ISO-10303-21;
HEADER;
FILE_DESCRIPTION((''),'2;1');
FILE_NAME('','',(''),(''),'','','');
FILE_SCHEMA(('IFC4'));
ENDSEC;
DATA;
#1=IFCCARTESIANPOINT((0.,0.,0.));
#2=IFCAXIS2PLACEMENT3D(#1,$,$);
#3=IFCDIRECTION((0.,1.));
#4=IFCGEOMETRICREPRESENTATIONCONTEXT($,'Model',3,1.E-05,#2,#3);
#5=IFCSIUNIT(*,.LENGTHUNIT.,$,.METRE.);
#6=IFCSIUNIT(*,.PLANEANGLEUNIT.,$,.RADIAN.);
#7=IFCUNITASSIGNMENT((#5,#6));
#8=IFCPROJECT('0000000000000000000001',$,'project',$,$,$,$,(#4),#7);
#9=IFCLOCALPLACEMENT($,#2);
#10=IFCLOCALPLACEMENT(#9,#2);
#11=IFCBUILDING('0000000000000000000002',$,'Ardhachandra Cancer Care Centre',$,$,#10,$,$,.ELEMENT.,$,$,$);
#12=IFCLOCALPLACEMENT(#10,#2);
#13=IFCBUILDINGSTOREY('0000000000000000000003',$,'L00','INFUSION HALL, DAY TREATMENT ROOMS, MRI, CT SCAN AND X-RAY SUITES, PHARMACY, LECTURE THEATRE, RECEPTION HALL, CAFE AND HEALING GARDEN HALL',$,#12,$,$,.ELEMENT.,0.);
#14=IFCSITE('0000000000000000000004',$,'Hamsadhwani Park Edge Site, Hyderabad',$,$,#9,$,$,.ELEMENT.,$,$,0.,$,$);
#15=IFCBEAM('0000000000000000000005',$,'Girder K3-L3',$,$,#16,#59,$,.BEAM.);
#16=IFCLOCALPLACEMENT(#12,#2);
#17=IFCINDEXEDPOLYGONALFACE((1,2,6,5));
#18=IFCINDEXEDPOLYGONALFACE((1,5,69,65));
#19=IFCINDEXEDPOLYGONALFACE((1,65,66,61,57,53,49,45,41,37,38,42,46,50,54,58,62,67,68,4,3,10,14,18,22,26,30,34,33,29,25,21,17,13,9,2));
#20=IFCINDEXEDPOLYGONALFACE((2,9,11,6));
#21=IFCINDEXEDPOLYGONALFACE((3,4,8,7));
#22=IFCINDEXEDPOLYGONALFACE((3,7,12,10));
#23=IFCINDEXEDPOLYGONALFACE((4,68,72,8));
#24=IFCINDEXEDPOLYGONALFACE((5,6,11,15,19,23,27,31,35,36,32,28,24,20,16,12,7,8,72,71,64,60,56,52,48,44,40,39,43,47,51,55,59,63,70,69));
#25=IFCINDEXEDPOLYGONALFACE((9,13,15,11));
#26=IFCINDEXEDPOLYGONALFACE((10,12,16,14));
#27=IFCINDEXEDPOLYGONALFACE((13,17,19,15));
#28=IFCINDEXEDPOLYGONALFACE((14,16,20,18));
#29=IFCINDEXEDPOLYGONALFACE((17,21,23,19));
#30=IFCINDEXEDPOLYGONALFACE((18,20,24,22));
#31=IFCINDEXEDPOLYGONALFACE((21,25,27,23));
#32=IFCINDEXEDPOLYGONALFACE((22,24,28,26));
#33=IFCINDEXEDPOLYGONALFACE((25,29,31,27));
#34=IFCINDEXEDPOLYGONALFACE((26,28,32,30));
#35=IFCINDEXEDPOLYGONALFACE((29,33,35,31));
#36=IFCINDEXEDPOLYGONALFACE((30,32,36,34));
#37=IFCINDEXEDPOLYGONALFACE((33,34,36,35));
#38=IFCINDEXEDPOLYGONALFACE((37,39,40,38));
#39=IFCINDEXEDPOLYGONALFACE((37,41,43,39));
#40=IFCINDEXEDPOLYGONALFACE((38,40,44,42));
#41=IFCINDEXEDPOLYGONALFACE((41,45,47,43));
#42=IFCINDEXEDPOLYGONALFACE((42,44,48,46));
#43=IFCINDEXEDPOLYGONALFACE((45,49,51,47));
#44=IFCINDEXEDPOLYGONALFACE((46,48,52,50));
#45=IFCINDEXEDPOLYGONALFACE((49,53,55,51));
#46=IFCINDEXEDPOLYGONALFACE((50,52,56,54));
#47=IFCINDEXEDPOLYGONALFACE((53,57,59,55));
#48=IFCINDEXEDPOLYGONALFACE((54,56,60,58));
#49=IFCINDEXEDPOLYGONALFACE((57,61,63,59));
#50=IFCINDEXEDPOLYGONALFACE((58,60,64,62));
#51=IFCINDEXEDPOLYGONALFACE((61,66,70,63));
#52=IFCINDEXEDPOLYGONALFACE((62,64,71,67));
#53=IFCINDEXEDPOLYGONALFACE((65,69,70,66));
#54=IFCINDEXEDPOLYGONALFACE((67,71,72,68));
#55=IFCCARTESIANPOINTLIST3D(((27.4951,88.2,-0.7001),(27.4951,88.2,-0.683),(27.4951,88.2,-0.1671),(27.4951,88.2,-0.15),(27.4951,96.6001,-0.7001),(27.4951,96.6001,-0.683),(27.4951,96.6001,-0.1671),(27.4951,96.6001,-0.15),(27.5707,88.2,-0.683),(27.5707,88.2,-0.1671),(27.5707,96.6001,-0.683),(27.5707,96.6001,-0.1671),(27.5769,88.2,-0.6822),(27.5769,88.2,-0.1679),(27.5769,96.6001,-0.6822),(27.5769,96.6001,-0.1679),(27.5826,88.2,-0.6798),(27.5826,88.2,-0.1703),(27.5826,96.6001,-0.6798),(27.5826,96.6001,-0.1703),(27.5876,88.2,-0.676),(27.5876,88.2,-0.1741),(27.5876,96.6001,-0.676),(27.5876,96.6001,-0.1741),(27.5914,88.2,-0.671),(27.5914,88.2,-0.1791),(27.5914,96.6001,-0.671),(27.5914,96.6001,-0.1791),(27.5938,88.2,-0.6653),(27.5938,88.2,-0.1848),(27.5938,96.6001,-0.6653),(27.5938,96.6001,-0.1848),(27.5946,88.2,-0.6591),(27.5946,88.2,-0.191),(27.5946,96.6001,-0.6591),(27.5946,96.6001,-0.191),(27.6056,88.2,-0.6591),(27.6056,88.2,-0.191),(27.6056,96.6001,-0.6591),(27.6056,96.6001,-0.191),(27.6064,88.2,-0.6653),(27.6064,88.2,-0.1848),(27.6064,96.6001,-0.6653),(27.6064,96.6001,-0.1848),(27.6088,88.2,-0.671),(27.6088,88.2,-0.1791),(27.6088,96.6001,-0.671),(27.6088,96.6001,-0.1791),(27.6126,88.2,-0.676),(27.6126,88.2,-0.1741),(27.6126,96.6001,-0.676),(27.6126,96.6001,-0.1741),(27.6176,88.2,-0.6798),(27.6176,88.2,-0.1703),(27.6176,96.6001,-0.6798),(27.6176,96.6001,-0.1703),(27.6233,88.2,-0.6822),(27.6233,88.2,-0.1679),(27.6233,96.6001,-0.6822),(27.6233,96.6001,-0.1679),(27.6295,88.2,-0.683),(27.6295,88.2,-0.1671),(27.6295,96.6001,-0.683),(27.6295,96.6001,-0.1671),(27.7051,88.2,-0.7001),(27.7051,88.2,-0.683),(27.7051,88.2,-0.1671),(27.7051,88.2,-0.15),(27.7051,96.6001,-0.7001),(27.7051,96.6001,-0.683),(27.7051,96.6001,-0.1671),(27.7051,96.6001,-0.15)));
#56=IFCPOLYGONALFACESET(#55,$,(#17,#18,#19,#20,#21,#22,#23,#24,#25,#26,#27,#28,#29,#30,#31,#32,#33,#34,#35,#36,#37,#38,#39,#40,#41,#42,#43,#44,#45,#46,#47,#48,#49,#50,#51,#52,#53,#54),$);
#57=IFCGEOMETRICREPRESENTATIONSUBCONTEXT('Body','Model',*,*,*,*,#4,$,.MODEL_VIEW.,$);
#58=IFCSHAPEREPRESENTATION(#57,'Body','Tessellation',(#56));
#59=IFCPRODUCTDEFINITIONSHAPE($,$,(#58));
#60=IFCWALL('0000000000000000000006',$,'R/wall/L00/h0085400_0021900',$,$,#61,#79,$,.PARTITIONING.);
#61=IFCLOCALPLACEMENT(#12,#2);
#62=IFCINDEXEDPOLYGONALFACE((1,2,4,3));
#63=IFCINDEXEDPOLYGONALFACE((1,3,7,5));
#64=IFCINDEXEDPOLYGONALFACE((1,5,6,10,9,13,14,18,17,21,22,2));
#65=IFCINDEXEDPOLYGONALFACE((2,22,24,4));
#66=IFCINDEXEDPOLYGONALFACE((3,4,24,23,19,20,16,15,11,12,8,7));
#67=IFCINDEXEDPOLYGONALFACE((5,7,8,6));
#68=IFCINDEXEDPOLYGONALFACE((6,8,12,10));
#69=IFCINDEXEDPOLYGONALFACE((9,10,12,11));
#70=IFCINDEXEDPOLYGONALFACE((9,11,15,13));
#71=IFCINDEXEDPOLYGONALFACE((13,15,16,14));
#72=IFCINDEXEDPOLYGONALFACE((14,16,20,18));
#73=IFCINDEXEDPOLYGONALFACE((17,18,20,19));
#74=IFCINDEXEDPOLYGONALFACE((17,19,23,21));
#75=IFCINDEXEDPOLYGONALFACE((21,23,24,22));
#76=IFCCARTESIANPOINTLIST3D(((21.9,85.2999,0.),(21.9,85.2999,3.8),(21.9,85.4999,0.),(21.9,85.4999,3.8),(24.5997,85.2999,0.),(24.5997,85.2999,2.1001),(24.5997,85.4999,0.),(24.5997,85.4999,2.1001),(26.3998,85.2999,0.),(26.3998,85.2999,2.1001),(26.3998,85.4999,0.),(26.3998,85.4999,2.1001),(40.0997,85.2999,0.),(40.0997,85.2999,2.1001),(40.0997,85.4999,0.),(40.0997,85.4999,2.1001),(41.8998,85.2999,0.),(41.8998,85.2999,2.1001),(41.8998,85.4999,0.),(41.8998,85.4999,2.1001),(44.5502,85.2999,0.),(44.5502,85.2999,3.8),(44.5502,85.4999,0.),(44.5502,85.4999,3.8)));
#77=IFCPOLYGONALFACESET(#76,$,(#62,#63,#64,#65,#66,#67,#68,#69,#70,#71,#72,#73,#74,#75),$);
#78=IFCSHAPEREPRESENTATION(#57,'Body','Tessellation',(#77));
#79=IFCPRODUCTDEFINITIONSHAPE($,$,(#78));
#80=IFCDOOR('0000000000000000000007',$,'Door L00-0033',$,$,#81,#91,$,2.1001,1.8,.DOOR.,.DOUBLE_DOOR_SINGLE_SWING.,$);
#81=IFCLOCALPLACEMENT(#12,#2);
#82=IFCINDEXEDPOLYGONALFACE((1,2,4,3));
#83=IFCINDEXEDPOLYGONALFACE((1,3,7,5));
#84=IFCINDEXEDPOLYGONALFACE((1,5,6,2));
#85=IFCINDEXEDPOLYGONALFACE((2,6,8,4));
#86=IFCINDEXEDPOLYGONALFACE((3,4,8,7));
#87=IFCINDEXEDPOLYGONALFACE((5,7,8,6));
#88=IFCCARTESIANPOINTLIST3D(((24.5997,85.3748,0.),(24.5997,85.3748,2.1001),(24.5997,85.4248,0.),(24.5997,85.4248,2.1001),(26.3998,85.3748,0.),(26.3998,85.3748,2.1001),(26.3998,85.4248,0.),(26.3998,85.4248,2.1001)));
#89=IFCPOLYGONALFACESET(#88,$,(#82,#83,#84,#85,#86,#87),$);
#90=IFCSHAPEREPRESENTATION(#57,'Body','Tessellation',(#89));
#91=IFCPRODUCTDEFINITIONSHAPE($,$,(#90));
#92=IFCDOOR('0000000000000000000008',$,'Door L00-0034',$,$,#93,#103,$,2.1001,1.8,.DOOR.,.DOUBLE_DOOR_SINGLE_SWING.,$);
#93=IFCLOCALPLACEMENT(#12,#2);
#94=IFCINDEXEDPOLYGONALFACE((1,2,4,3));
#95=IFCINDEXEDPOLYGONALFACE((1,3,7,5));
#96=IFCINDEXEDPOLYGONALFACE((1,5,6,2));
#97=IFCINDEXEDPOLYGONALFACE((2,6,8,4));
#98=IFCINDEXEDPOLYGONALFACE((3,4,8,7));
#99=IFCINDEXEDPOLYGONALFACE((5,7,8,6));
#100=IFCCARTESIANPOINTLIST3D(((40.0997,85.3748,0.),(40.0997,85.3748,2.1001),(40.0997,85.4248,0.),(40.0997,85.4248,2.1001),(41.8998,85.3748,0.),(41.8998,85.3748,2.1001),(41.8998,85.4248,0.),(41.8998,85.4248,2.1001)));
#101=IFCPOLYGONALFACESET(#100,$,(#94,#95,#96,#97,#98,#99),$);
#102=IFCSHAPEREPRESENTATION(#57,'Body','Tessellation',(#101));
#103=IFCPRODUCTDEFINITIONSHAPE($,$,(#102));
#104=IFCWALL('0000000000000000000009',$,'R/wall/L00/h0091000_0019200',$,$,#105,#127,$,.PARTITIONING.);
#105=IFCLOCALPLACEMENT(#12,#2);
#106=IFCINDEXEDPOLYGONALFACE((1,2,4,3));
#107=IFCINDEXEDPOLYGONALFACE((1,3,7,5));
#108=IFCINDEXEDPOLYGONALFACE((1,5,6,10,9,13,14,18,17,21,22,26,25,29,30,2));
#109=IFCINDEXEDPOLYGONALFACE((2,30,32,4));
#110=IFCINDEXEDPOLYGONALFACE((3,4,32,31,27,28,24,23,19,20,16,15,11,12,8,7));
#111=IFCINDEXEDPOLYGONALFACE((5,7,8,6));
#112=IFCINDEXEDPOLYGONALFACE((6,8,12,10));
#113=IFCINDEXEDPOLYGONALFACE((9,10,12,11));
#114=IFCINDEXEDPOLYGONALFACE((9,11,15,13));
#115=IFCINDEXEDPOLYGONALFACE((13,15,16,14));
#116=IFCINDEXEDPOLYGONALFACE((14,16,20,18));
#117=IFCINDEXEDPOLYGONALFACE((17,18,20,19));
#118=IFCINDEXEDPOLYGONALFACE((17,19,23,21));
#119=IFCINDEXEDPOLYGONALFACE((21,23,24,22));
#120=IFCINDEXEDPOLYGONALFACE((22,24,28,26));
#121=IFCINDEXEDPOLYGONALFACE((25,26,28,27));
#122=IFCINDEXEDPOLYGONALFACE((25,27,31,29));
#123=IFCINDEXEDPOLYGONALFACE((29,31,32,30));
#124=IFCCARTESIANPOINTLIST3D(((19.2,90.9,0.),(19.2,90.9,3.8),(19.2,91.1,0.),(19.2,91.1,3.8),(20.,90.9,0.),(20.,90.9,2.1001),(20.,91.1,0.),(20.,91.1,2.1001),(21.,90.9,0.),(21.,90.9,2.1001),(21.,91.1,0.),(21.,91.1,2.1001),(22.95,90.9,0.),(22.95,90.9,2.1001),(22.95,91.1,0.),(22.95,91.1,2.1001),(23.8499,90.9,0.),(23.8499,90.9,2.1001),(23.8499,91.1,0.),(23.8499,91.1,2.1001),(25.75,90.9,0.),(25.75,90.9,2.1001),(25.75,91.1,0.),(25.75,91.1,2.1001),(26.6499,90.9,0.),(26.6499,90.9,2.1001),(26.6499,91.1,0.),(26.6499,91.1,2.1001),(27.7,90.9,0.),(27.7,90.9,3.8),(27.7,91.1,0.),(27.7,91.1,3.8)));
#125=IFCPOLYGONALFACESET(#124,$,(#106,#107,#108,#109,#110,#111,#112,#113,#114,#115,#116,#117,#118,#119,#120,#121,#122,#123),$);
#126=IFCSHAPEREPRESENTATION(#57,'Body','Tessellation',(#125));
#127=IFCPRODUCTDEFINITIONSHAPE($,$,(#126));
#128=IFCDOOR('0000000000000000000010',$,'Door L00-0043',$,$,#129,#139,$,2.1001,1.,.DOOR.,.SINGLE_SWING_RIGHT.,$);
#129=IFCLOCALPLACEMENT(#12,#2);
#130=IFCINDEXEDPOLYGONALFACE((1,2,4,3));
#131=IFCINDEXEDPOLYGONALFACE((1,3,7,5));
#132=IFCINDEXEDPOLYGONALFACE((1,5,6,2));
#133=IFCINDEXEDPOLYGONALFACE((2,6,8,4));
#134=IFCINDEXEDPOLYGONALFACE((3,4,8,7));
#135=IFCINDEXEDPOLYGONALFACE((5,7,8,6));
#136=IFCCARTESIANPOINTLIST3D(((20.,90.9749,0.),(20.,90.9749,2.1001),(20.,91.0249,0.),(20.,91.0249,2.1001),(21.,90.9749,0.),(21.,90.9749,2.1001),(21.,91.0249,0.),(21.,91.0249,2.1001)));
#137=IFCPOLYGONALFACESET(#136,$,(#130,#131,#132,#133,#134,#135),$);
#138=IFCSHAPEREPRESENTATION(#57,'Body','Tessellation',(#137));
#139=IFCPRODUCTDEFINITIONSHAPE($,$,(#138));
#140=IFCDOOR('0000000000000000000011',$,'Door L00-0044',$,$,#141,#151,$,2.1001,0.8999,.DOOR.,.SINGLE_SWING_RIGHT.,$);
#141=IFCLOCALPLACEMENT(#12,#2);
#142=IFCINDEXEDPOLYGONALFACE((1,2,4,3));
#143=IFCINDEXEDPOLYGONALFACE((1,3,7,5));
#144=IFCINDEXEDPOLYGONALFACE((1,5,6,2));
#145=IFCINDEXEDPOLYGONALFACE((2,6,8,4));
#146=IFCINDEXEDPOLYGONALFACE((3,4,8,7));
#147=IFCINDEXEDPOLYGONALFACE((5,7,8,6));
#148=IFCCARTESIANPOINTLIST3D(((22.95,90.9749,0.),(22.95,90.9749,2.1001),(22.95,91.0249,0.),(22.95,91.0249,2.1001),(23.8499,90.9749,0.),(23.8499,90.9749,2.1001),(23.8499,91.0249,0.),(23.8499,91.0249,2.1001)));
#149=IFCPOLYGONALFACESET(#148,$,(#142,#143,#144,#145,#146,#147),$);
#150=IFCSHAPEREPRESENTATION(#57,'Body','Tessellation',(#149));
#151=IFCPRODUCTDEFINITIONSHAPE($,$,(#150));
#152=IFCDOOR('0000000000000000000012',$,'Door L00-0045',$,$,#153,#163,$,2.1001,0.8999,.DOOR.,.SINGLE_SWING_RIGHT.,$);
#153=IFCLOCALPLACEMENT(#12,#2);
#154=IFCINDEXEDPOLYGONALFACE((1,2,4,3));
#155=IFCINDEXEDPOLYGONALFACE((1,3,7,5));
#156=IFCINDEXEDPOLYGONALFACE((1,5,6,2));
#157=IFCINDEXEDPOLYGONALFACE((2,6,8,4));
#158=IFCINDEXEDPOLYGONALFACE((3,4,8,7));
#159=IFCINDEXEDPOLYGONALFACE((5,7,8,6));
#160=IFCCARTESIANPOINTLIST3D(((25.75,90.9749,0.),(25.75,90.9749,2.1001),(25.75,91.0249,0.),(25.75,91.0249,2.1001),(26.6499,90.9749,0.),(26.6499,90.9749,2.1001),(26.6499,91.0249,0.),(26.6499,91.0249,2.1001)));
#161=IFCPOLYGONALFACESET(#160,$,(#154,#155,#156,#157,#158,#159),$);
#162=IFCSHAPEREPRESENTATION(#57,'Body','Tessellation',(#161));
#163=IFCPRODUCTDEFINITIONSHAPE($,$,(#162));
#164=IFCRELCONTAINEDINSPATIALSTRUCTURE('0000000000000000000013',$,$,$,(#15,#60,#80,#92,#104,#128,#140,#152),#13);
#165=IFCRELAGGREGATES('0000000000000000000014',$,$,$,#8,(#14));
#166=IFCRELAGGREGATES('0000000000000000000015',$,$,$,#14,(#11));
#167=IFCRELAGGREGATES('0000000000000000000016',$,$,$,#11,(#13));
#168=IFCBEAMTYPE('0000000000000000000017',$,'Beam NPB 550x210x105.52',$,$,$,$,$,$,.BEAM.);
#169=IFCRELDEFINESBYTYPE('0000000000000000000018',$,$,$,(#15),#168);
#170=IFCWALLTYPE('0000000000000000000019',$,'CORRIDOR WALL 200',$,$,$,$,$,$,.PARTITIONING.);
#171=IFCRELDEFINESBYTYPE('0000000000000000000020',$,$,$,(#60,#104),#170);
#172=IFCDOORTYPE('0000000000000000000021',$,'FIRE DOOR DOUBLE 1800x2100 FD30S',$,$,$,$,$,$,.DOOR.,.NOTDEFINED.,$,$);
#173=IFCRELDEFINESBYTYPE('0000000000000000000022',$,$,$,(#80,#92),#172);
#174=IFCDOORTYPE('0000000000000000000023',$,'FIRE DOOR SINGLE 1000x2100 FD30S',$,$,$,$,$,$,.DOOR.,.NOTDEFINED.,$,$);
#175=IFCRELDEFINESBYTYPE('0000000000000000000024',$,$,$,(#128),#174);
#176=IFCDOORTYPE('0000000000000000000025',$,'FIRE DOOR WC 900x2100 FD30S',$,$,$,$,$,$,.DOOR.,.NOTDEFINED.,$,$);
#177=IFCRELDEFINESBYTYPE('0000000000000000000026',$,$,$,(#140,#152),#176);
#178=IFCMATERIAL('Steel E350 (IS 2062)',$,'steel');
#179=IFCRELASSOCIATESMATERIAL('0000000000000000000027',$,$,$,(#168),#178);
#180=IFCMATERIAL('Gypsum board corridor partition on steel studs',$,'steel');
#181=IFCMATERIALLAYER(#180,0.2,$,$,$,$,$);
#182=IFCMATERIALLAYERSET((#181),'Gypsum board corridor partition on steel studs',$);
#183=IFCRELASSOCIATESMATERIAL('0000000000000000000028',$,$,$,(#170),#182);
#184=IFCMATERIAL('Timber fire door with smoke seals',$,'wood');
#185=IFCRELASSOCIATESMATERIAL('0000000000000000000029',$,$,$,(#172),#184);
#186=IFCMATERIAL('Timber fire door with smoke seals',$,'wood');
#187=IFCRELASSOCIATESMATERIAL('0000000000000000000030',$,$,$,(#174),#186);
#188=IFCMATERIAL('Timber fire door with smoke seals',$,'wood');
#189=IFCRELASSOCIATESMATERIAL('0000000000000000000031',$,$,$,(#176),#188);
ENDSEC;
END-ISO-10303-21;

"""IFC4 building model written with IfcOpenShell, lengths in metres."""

from ifc_helpers import new_model, si_unit, direction, frame, frame_2d, origin, origin_2d, place, context, subcontext, project, spatial, rectangle, i_section, extrude, material, layer, layer_set, material_profile, profile_set, type_object, element, fill, save


model = new_model("IFC4")

# Units and contexts
model_context = context("Model", 3, precision=1e-05, world=origin(), true_north=direction((0.0, 1.0)))
body_context = subcontext(model_context, "Body", "Model", "MODEL_VIEW")
ifc_project = project(units=[si_unit("LENGTHUNIT", "METRE"), si_unit("PLANEANGLEUNIT", "RADIAN")], contexts=[model_context])

# Site, building, storey
site_placement = place(None, origin())
site = spatial("IfcSite", under=ifc_project, at=site_placement, Name="Hamsadhwani Park Edge Site, Hyderabad", CompositionType="ELEMENT", RefElevation=0.0)
building_placement = place(site_placement, origin())
building = spatial("IfcBuilding", under=site, at=building_placement, Name="Ardhachandra Cancer Care Centre", CompositionType="ELEMENT")
storey_placement = place(building_placement, origin())
storey = spatial("IfcBuildingStorey", under=building, at=storey_placement, Name="L00", Description="INFUSION HALL, DAY TREATMENT ROOMS, MRI, CT SCAN AND X-RAY SUITES, PHARMACY, LECTURE THEATRE, RECEPTION HALL, CAFE AND HEALING GARDEN HALL", CompositionType="ELEMENT", Elevation=0.0)

# Beam
ifc_material_1 = material(Name="Steel E350 (IS 2062)", Category="steel")
ifc_material_profile_1 = material_profile(ifc_material_1, i_section(OverallWidth=0.21, OverallDepth=0.55, WebThickness=0.011, FlangeThickness=0.0171, FilletRadius=0.0239, at=origin_2d()), Name="NPB 550x210x105.52")
ifc_profile_set_1 = profile_set([ifc_material_profile_1], Name="Steel E350 (IS 2062)")
beam_type_1 = type_object("IfcBeamType", Name="Beam NPB 550x210x105.52", PredefinedType="BEAM", material=ifc_profile_set_1)
beam_1_placement = place(storey_placement, frame((27.6001, 88.2, -0.425), z_axis=(0.0, 1.0, 0.0), x_axis=(-1.0, 0.0, 0.0)))
element("IfcBeam", 1, at=beam_1_placement, inside=storey, type_object=beam_type_1, Name="Girder K3-L3", PredefinedType="BEAM", context=body_context, shape_type="SweptSolid", body=[
    extrude(i_section(OverallWidth=0.21, OverallDepth=0.55, WebThickness=0.011, FlangeThickness=0.0171, FilletRadius=0.0239, at=origin_2d()), origin(), (0.0, 0.0, 1.0), 8.4001),
])

# Walls, openings, doors
ifc_material_2 = material(Name="Gypsum board corridor partition on steel studs", Category="steel")
ifc_layer_1 = layer(ifc_material_2, 0.2)
ifc_layer_set_1 = layer_set([ifc_layer_1], Name="Gypsum board corridor partition on steel studs")
wall_type_1 = type_object("IfcWallType", Name="CORRIDOR WALL 200", PredefinedType="PARTITIONING", material=ifc_layer_set_1)
wall_1_placement = place(storey_placement, frame((21.8999, 85.3999, 0.0), z_axis=(0.0, 0.0, 1.0), x_axis=(1.0, 0.0, 0.0)))
wall_1 = element("IfcWall", 2, at=wall_1_placement, inside=storey, type_object=wall_type_1, Name="R/wall/L00/h0085400_0021900", PredefinedType="PARTITIONING", context=body_context, shape_type="SweptSolid", body=[
    extrude(rectangle(XDim=22.6501, YDim=0.2, at=frame_2d((11.3252, 0.0))), origin(), (0.0, 0.0, 1.0), 3.8),
])
opening_1_placement = place(wall_1_placement, frame((2.7, 0.0, 0.0)))
opening_1 = element("IfcOpeningElement", 3, at=opening_1_placement, cuts=wall_1, PredefinedType="OPENING", context=body_context, shape_type="SweptSolid", body=[
    extrude(rectangle(XDim=1.8, YDim=2.1001, at=frame_2d((0.8999, 1.05))), frame((0.0, 0.1099, 0.0), z_axis=(0.0, -1.0, 0.0), x_axis=(1.0, 0.0, 0.0)), (0.0, 0.0, 1.0), 0.22),
])
opening_2_placement = place(wall_1_placement, frame((18.2, 0.0, 0.0)))
opening_2 = element("IfcOpeningElement", 4, at=opening_2_placement, cuts=wall_1, PredefinedType="OPENING", context=body_context, shape_type="SweptSolid", body=[
    extrude(rectangle(XDim=1.8, YDim=2.1001, at=frame_2d((0.8999, 1.05))), frame((0.0, 0.1099, 0.0), z_axis=(0.0, -1.0, 0.0), x_axis=(1.0, 0.0, 0.0)), (0.0, 0.0, 1.0), 0.22),
])
ifc_material_3 = material(Name="Timber fire door with smoke seals", Category="wood")
door_type_1 = type_object("IfcDoorType", Name="FIRE DOOR DOUBLE 1800x2100 FD30S", OperationType="NOTDEFINED", PredefinedType="DOOR", material=ifc_material_3)
door_1_placement = place(opening_1_placement, origin())
door_1 = element("IfcDoor", 5, at=door_1_placement, inside=storey, type_object=door_type_1, Name="Door L00-0033", OperationType="DOUBLE_DOOR_SINGLE_SWING", OverallHeight=2.1001, OverallWidth=1.8, PredefinedType="DOOR", context=body_context, shape_type="SweptSolid", body=[
    extrude(rectangle(XDim=1.8, YDim=2.1001, at=frame_2d((0.8999, 1.05))), frame((0.0, 0.0249, 0.0), z_axis=(0.0, -1.0, 0.0), x_axis=(1.0, 0.0, 0.0)), (0.0, 0.0, 1.0), 0.05),
])
fill(opening_1, door_1)
door_2_placement = place(opening_2_placement, origin())
door_2 = element("IfcDoor", 6, at=door_2_placement, inside=storey, type_object=door_type_1, Name="Door L00-0034", OperationType="DOUBLE_DOOR_SINGLE_SWING", OverallHeight=2.1001, OverallWidth=1.8, PredefinedType="DOOR", context=body_context, shape_type="SweptSolid", body=[
    extrude(rectangle(XDim=1.8, YDim=2.1001, at=frame_2d((0.8999, 1.05))), frame((0.0, 0.0249, 0.0), z_axis=(0.0, -1.0, 0.0), x_axis=(1.0, 0.0, 0.0)), (0.0, 0.0, 1.0), 0.05),
])
fill(opening_2, door_2)
wall_2_placement = place(storey_placement, frame((19.2, 91.0, 0.0), z_axis=(0.0, 0.0, 1.0), x_axis=(1.0, 0.0, 0.0)))
wall_2 = element("IfcWall", 7, at=wall_2_placement, inside=storey, type_object=wall_type_1, Name="R/wall/L00/h0091000_0019200", PredefinedType="PARTITIONING", context=body_context, shape_type="SweptSolid", body=[
    extrude(rectangle(XDim=8.5, YDim=0.2, at=frame_2d((4.25, 0.0))), origin(), (0.0, 0.0, 1.0), 3.8),
])
opening_3_placement = place(wall_2_placement, frame((0.8, 0.0, 0.0)))
opening_3 = element("IfcOpeningElement", 8, at=opening_3_placement, cuts=wall_2, PredefinedType="OPENING", context=body_context, shape_type="SweptSolid", body=[
    extrude(rectangle(XDim=1.0, YDim=2.1001, at=frame_2d((0.5, 1.05))), frame((0.0, 0.1099, 0.0), z_axis=(0.0, -1.0, 0.0), x_axis=(1.0, 0.0, 0.0)), (0.0, 0.0, 1.0), 0.22),
])
opening_4_placement = place(wall_2_placement, frame((3.75, 0.0, 0.0)))
opening_4 = element("IfcOpeningElement", 9, at=opening_4_placement, cuts=wall_2, PredefinedType="OPENING", context=body_context, shape_type="SweptSolid", body=[
    extrude(rectangle(XDim=0.8999, YDim=2.1001, at=frame_2d((0.45, 1.05))), frame((0.0, 0.1099, 0.0), z_axis=(0.0, -1.0, 0.0), x_axis=(1.0, 0.0, 0.0)), (0.0, 0.0, 1.0), 0.22),
])
opening_5_placement = place(wall_2_placement, frame((6.55, 0.0, 0.0)))
opening_5 = element("IfcOpeningElement", 10, at=opening_5_placement, cuts=wall_2, PredefinedType="OPENING", context=body_context, shape_type="SweptSolid", body=[
    extrude(rectangle(XDim=0.8999, YDim=2.1001, at=frame_2d((0.45, 1.05))), frame((0.0, 0.1099, 0.0), z_axis=(0.0, -1.0, 0.0), x_axis=(1.0, 0.0, 0.0)), (0.0, 0.0, 1.0), 0.22),
])
ifc_material_4 = material(Name="Timber fire door with smoke seals", Category="wood")
door_type_2 = type_object("IfcDoorType", Name="FIRE DOOR SINGLE 1000x2100 FD30S", OperationType="NOTDEFINED", PredefinedType="DOOR", material=ifc_material_4)
door_3_placement = place(opening_3_placement, origin())
door_3 = element("IfcDoor", 11, at=door_3_placement, inside=storey, type_object=door_type_2, Name="Door L00-0043", OperationType="SINGLE_SWING_RIGHT", OverallHeight=2.1001, OverallWidth=1.0, PredefinedType="DOOR", context=body_context, shape_type="SweptSolid", body=[
    extrude(rectangle(XDim=1.0, YDim=2.1001, at=frame_2d((0.5, 1.05))), frame((0.0, 0.0249, 0.0), z_axis=(0.0, -1.0, 0.0), x_axis=(1.0, 0.0, 0.0)), (0.0, 0.0, 1.0), 0.05),
])
fill(opening_3, door_3)
ifc_material_5 = material(Name="Timber fire door with smoke seals", Category="wood")
door_type_3 = type_object("IfcDoorType", Name="FIRE DOOR WC 900x2100 FD30S", OperationType="NOTDEFINED", PredefinedType="DOOR", material=ifc_material_5)
door_4_placement = place(opening_4_placement, origin())
door_4 = element("IfcDoor", 12, at=door_4_placement, inside=storey, type_object=door_type_3, Name="Door L00-0044", OperationType="SINGLE_SWING_RIGHT", OverallHeight=2.1001, OverallWidth=0.8999, PredefinedType="DOOR", context=body_context, shape_type="SweptSolid", body=[
    extrude(rectangle(XDim=0.8999, YDim=2.1001, at=frame_2d((0.45, 1.05))), frame((0.0, 0.0249, 0.0), z_axis=(0.0, -1.0, 0.0), x_axis=(1.0, 0.0, 0.0)), (0.0, 0.0, 1.0), 0.05),
])
fill(opening_4, door_4)
door_5_placement = place(opening_5_placement, origin())
door_5 = element("IfcDoor", 13, at=door_5_placement, inside=storey, type_object=door_type_3, Name="Door L00-0045", OperationType="SINGLE_SWING_RIGHT", OverallHeight=2.1001, OverallWidth=0.8999, PredefinedType="DOOR", context=body_context, shape_type="SweptSolid", body=[
    extrude(rectangle(XDim=0.8999, YDim=2.1001, at=frame_2d((0.45, 1.05))), frame((0.0, 0.0249, 0.0), z_axis=(0.0, -1.0, 0.0), x_axis=(1.0, 0.0, 0.0)), (0.0, 0.0, 1.0), 0.05),
])
fill(opening_5, door_5)

save(model, "model.ifc")
